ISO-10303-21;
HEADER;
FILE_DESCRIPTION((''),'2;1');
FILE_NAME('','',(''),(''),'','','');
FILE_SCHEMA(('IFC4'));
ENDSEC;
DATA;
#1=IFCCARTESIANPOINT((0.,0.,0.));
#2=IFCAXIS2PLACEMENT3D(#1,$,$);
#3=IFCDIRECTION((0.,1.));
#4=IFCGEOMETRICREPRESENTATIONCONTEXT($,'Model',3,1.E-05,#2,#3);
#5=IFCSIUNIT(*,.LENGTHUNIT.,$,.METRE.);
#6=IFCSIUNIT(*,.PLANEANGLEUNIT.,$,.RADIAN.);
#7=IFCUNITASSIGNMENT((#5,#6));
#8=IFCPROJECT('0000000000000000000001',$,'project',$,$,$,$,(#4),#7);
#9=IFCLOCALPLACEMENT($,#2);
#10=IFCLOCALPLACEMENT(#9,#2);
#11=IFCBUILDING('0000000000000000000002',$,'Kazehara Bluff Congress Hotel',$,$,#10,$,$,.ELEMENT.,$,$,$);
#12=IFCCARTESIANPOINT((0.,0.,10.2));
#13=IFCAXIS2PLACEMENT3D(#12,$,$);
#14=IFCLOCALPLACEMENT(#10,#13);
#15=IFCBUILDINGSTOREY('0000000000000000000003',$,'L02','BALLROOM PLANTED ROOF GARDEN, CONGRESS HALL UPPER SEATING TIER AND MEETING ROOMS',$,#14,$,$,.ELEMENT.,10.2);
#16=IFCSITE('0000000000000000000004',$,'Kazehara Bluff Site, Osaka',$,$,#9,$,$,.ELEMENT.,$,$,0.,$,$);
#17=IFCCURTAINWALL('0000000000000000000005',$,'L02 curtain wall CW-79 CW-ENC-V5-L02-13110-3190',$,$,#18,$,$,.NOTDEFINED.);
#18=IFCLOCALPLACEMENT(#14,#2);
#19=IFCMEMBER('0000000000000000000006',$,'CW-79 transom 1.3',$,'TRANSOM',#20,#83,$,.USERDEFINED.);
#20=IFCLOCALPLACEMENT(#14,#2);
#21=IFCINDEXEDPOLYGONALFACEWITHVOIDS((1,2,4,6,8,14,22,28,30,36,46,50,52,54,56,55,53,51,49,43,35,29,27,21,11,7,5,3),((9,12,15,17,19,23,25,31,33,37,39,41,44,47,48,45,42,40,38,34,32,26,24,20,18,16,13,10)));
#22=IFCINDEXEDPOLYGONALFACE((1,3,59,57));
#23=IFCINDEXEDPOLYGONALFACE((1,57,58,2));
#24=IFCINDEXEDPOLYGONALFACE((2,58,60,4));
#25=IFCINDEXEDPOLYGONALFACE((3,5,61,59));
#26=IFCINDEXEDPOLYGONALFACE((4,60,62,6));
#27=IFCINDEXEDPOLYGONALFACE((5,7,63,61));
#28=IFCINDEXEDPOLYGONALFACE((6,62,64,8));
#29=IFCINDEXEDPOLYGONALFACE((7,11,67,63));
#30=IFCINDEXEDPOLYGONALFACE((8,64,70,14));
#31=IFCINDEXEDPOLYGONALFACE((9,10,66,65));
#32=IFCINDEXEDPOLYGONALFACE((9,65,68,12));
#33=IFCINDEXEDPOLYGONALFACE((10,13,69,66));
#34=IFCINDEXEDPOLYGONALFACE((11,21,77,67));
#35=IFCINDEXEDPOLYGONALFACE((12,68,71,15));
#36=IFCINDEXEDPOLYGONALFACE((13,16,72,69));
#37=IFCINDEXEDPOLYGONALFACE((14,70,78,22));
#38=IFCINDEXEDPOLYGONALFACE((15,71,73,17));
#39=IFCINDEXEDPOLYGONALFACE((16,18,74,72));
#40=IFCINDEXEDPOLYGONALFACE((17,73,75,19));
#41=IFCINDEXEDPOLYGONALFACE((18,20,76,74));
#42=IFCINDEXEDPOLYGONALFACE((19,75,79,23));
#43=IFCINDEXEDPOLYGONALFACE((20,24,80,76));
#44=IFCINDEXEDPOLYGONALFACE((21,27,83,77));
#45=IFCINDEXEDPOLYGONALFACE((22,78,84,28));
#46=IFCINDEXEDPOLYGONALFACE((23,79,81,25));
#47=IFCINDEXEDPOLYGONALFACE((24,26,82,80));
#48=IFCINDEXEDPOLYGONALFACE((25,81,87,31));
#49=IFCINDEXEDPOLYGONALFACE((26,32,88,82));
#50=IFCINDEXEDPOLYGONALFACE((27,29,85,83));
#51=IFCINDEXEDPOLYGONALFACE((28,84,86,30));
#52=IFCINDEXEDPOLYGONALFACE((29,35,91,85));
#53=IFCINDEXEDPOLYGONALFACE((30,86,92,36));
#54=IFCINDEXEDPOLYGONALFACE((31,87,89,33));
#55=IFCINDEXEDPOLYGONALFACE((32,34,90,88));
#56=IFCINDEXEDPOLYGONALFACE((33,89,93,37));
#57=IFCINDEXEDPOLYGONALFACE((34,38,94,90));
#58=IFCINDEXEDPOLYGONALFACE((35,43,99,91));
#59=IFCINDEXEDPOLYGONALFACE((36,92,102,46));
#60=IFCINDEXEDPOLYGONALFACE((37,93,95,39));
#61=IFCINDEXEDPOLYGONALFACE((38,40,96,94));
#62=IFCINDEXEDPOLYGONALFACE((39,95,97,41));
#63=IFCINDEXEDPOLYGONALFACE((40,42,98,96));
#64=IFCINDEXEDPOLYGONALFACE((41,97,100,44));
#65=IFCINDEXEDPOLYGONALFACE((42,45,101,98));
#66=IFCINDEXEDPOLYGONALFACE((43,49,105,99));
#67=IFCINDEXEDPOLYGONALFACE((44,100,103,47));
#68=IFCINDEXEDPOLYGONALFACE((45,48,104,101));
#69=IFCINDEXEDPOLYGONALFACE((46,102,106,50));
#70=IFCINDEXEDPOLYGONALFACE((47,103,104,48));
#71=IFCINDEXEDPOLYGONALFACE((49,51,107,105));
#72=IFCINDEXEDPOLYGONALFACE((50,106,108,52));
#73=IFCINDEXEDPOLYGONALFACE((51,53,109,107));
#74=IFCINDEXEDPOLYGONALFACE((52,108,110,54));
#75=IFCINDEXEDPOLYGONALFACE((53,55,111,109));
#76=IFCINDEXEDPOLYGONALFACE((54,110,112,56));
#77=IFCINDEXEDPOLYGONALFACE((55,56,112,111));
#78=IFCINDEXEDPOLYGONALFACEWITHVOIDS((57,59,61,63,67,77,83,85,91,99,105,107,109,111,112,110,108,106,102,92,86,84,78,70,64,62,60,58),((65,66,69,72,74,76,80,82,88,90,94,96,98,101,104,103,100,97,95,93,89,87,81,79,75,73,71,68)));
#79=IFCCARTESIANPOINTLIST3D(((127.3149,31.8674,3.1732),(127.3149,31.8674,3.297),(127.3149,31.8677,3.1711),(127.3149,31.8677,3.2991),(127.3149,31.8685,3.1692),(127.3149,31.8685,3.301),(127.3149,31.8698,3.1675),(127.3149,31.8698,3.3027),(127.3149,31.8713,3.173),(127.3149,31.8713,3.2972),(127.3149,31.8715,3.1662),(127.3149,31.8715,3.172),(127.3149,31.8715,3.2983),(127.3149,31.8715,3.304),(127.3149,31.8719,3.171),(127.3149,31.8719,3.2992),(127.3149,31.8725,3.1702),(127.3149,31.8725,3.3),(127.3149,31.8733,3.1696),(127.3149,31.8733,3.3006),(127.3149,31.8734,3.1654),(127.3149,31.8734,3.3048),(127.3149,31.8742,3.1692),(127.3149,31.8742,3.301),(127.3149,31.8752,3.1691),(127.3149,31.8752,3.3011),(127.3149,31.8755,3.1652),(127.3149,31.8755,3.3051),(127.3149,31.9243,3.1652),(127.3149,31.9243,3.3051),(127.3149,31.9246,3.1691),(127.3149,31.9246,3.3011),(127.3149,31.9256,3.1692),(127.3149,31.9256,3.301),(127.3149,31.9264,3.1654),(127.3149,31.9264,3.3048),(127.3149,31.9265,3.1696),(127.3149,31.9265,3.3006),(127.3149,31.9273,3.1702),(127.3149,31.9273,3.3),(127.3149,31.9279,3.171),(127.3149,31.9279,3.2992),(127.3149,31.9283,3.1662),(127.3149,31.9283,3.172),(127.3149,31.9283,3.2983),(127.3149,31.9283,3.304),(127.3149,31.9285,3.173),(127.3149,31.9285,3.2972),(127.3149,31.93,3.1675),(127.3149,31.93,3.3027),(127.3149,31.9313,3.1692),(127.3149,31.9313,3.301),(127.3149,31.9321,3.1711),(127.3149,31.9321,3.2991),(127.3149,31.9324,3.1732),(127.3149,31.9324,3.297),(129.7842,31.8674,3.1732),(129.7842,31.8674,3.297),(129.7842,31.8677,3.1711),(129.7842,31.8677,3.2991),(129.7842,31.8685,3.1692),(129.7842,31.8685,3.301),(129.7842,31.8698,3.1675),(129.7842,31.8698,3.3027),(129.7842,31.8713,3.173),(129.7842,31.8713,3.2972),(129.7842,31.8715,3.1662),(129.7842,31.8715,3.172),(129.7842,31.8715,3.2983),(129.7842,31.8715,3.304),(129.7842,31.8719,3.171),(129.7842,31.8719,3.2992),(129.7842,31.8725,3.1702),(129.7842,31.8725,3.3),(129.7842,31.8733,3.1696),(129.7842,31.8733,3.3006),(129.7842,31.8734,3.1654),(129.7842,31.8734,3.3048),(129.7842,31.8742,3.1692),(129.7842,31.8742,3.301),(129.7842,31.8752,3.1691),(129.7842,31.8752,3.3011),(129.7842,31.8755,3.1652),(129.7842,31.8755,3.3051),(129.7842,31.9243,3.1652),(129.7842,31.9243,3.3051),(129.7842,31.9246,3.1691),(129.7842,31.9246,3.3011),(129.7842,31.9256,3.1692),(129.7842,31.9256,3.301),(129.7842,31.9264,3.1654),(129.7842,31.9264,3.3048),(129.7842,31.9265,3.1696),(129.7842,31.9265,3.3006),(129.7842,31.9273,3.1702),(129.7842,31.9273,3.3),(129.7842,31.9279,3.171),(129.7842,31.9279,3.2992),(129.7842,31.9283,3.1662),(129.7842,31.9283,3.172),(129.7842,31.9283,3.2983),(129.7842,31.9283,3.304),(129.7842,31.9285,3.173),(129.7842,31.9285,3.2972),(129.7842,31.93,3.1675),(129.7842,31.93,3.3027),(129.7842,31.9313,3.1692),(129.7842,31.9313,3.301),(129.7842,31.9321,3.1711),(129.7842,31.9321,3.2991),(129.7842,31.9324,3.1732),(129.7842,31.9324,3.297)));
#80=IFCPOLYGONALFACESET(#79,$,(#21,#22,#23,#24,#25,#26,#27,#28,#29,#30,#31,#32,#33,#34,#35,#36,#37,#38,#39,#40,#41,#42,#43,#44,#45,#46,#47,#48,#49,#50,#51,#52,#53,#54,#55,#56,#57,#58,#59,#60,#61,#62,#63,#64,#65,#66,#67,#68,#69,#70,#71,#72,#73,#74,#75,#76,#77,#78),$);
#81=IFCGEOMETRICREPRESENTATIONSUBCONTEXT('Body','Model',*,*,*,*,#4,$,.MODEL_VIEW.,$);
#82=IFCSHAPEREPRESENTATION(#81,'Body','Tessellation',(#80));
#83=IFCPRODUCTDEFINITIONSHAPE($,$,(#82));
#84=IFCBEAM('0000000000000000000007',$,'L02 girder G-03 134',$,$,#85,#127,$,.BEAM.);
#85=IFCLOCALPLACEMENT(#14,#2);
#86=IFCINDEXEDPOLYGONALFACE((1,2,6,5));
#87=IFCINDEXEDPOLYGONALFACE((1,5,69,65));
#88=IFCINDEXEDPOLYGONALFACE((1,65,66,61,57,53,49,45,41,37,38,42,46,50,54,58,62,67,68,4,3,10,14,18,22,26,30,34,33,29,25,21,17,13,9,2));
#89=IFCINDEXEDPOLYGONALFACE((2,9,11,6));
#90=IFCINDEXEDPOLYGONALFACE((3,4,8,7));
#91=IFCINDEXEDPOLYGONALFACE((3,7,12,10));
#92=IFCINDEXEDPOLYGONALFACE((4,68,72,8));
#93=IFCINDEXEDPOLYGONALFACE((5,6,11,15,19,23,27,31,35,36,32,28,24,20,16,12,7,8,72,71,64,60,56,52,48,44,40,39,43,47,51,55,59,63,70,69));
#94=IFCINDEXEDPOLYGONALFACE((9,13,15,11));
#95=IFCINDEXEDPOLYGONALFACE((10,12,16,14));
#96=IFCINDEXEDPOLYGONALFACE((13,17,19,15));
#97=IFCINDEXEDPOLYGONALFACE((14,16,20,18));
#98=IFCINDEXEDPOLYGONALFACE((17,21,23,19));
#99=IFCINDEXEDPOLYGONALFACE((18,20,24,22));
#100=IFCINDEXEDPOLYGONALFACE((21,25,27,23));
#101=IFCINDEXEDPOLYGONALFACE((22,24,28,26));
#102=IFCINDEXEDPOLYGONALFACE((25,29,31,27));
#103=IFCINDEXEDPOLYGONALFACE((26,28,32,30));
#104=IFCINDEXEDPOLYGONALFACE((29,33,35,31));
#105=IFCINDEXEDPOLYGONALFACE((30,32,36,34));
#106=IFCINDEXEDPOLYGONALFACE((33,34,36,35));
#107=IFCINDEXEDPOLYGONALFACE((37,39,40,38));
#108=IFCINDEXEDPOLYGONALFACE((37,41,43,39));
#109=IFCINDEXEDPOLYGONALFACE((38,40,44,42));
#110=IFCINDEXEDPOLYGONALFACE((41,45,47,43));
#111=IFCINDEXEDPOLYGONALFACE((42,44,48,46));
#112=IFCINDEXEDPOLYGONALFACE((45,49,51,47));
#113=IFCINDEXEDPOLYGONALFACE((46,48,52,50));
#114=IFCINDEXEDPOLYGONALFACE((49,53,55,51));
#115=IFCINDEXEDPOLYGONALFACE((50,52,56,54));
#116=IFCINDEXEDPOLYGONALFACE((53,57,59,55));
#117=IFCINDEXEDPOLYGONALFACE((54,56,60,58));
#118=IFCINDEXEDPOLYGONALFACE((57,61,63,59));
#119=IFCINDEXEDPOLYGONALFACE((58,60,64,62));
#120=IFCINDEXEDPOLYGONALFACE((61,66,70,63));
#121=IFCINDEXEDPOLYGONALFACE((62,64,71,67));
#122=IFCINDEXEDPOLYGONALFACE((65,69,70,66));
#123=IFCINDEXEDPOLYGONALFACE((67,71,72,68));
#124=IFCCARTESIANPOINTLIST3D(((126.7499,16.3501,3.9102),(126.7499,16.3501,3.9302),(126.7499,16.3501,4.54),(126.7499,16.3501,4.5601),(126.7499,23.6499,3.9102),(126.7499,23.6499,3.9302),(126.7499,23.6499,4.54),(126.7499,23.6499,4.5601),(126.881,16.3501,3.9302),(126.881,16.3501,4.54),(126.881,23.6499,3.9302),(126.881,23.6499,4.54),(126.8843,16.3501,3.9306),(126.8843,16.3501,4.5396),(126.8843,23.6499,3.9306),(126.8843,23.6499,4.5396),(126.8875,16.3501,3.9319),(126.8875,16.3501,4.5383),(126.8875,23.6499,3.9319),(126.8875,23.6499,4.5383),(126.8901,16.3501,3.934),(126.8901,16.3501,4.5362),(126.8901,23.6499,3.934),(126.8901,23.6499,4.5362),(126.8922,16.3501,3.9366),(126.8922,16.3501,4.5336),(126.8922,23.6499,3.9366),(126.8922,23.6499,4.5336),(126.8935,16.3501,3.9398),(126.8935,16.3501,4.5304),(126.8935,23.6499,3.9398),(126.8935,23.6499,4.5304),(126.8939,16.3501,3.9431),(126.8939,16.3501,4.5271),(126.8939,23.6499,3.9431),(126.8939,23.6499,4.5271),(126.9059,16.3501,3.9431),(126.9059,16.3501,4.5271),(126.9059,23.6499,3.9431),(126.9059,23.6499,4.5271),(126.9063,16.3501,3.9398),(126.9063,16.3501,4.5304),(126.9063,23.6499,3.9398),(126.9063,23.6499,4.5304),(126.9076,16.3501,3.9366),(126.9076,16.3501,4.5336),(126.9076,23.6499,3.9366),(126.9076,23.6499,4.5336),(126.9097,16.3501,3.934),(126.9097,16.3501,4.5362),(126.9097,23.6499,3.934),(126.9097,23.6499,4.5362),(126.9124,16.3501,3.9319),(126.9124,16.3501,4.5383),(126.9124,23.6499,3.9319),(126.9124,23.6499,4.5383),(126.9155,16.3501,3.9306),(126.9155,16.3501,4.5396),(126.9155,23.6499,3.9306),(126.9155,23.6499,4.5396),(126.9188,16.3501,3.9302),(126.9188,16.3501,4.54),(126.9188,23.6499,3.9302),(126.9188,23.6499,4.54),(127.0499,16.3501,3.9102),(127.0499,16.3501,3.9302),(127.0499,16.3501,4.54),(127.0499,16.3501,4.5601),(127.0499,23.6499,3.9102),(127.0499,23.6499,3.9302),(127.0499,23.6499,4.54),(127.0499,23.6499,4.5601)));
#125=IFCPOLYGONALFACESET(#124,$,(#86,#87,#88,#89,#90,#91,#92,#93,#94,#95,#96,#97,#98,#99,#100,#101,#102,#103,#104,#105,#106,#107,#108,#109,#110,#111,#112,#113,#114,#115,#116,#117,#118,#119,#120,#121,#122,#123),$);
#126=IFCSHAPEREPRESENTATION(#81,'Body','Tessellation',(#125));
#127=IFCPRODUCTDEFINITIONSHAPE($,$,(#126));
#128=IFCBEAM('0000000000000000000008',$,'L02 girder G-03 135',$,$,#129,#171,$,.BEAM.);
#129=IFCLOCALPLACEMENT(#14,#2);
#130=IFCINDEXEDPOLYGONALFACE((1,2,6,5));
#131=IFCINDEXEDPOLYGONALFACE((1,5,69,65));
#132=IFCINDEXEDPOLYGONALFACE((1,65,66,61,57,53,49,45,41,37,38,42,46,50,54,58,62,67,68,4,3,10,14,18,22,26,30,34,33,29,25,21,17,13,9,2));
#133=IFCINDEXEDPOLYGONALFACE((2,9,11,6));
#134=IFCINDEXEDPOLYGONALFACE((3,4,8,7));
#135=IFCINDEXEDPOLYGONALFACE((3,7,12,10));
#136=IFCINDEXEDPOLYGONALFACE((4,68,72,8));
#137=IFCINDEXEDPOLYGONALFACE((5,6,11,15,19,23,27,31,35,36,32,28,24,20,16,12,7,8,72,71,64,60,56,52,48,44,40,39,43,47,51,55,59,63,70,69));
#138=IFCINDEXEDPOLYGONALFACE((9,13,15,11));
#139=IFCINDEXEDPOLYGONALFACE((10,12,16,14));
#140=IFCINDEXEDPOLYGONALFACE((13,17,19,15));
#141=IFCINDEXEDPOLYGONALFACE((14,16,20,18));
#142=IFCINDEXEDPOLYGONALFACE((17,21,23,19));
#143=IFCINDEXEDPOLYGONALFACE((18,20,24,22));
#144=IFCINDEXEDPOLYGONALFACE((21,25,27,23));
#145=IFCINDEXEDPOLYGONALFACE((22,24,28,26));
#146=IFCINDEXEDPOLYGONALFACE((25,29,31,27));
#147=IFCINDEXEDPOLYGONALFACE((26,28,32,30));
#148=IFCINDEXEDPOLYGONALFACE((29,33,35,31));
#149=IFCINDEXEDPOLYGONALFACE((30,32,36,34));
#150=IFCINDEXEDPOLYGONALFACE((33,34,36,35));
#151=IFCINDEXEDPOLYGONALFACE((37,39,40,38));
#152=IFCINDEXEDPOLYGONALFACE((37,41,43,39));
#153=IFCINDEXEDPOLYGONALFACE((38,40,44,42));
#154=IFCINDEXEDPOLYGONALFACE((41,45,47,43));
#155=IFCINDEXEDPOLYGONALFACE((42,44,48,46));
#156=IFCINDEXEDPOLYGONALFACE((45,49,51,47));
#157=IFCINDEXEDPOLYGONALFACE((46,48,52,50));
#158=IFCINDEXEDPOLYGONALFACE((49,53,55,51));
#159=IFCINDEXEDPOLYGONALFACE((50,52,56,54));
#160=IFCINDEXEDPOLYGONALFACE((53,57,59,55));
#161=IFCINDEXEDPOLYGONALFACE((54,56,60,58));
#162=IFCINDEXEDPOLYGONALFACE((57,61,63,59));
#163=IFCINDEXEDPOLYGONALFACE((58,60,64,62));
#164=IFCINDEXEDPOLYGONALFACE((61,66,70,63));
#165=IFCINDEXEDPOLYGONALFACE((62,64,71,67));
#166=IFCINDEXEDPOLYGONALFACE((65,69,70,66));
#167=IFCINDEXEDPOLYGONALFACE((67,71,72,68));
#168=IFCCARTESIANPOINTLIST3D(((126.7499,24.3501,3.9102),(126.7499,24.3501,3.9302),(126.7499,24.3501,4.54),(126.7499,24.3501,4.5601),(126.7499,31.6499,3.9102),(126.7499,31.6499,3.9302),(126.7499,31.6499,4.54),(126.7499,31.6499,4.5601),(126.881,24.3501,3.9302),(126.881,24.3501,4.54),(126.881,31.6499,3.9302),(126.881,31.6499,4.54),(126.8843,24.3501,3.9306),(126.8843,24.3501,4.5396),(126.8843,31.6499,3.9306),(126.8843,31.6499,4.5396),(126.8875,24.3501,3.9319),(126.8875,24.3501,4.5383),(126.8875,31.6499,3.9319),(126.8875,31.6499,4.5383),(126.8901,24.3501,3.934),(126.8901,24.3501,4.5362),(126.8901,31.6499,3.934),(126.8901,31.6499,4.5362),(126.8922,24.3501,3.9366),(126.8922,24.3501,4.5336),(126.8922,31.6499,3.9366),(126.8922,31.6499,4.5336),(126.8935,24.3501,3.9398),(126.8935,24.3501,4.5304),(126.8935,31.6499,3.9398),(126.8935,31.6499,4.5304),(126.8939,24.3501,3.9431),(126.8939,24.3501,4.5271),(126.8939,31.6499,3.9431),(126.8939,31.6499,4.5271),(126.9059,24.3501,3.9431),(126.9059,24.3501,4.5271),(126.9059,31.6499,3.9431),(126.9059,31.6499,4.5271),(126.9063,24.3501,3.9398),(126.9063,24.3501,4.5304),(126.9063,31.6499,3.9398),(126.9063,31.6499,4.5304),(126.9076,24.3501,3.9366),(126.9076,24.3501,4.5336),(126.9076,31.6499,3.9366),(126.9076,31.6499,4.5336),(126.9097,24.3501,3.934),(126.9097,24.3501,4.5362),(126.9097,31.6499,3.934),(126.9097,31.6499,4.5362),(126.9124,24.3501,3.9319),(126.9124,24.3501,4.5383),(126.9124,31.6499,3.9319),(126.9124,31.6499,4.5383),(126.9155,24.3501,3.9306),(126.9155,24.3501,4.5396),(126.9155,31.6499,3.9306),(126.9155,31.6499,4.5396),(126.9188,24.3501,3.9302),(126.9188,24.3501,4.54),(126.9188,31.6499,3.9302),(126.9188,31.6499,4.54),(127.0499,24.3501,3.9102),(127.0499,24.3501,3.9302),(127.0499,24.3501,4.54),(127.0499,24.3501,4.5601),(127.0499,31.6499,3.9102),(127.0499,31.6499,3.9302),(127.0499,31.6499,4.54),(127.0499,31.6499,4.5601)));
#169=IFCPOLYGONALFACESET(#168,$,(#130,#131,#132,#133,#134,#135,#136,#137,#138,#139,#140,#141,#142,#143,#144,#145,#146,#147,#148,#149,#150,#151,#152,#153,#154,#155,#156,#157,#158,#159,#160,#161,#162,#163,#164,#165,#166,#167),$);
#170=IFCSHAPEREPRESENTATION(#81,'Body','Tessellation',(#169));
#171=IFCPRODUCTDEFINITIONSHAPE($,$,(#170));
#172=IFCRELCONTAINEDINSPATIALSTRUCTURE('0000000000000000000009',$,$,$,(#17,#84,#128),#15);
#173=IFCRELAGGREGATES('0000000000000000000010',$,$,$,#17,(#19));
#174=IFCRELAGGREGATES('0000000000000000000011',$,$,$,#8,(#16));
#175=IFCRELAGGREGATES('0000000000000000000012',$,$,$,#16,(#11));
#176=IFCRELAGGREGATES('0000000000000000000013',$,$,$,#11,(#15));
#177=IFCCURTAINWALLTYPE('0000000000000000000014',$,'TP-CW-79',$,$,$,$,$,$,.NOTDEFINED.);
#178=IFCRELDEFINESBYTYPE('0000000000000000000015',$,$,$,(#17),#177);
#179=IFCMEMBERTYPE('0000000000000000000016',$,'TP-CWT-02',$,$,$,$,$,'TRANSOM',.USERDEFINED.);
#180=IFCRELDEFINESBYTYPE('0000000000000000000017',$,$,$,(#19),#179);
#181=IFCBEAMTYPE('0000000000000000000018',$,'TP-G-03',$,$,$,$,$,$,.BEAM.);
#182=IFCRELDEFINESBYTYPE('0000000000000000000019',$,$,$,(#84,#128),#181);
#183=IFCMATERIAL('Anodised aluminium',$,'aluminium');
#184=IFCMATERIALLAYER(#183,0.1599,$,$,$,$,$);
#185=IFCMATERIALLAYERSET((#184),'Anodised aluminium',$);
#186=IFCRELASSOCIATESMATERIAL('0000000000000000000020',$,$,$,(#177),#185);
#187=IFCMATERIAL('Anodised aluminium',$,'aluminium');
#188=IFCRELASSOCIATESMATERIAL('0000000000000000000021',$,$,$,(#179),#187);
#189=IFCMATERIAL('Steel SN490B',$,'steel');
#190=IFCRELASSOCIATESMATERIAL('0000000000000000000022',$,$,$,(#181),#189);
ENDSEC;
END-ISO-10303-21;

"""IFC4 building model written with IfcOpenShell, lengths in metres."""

from ifc_helpers import new_model, si_unit, direction, frame, origin, origin_2d, place, context, subcontext, project, spatial, hollow_rectangle, i_section, extrude, material, layer, layer_set, material_profile, profile_set, type_object, element, aggregate, save


model = new_model("IFC4")

# Units and contexts
model_context = context("Model", 3, precision=1e-05, world=origin(), true_north=direction((0.0, 1.0)))
body_context = subcontext(model_context, "Body", "Model", "MODEL_VIEW")
ifc_project = project(units=[si_unit("LENGTHUNIT", "METRE"), si_unit("PLANEANGLEUNIT", "RADIAN")], contexts=[model_context])

# Site, building, storey
site_placement = place(None, origin())
site = spatial("IfcSite", under=ifc_project, at=site_placement, Name="Kazehara Bluff Site, Osaka", CompositionType="ELEMENT", RefElevation=0.0)
building_placement = place(site_placement, origin())
building = spatial("IfcBuilding", under=site, at=building_placement, Name="Kazehara Bluff Congress Hotel", CompositionType="ELEMENT")
storey_placement = place(building_placement, frame((0.0, 0.0, 10.2)))
storey = spatial("IfcBuildingStorey", under=building, at=storey_placement, Name="L02", Description="BALLROOM PLANTED ROOF GARDEN, CONGRESS HALL UPPER SEATING TIER AND MEETING ROOMS", CompositionType="ELEMENT", Elevation=10.2)

# Shared definitions
ifc_material_1 = material(Name="Anodised aluminium", Category="aluminium")
ifc_layer_1 = layer(ifc_material_1, 0.1599)
ifc_layer_set_1 = layer_set([ifc_layer_1], Name="Anodised aluminium")
curtain_wall_type_1 = type_object("IfcCurtainWallType", Name="TP-CW-79", PredefinedType="NOTDEFINED", material=ifc_layer_set_1)

# Curtain wall
curtain_wall_1_placement = place(storey_placement, origin())
curtain_wall_1 = element("IfcCurtainWall", 1, at=curtain_wall_1_placement, inside=storey, type_object=curtain_wall_type_1, Name="L02 curtain wall CW-79 CW-ENC-V5-L02-13110-3190", PredefinedType="NOTDEFINED")
ifc_material_2 = material(Name="Anodised aluminium", Category="aluminium")
ifc_material_profile_1 = material_profile(ifc_material_2, hollow_rectangle(XDim=0.0649, YDim=0.1399, WallThickness=0.0039, InnerFilletRadius=0.0039, OuterFilletRadius=0.0081, at=origin_2d()))
ifc_profile_set_1 = profile_set([ifc_material_profile_1], Name="Anodised aluminium")
member_type_1 = type_object("IfcMemberType", Name="TP-CWT-02", ElementType="TRANSOM", PredefinedType="USERDEFINED", material=ifc_profile_set_1)

# Member
member_1_placement = place(storey_placement, frame((127.3149, 31.8999, 3.2351), z_axis=(1.0, 0.0, 0.0), x_axis=(0.0, 1.0, 0.0)))
member_1 = element("IfcMember", 2, at=member_1_placement, type_object=member_type_1, Name="CW-79 transom 1.3", ObjectType="TRANSOM", PredefinedType="USERDEFINED", context=body_context, shape_type="SweptSolid", body=[
    extrude(hollow_rectangle(XDim=0.0649, YDim=0.1399, WallThickness=0.0039, InnerFilletRadius=0.0039, OuterFilletRadius=0.0081, at=origin_2d()), origin(), (0.0, 0.0, 1.0), 2.4692),
])
aggregate(curtain_wall_1, [member_1])

# Beams
ifc_material_3 = material(Name="Steel SN490B", Category="steel")
ifc_material_profile_2 = material_profile(ifc_material_3, i_section(OverallWidth=0.3, OverallDepth=0.6499, WebThickness=0.012, FlangeThickness=0.02, FilletRadius=0.0129, at=origin_2d()))
ifc_profile_set_2 = profile_set([ifc_material_profile_2], Name="Steel SN490B")
beam_type_1 = type_object("IfcBeamType", Name="TP-G-03", PredefinedType="BEAM", material=ifc_profile_set_2)
for number, where, z_axis, x_axis, name in (
    (3, (126.8999, 16.3501, 4.2351), (0.0, 1.0, 0.0), (-1.0, 0.0, 0.0), "L02 girder G-03 134"),
    (4, (126.8999, 24.3501, 4.2351), (0.0, 1.0, 0.0), (-1.0, 0.0, 0.0), "L02 girder G-03 135"),
):
    element("IfcBeam", number, at=place(storey_placement, frame(where, z_axis=z_axis, x_axis=x_axis)), inside=storey, type_object=beam_type_1, Name=name, PredefinedType="BEAM", context=body_context, shape_type="SweptSolid", body=[
        extrude(i_section(OverallWidth=0.3, OverallDepth=0.6499, WebThickness=0.012, FlangeThickness=0.02, FilletRadius=0.0129, at=origin_2d()), origin(), (0.0, 0.0, 1.0), 7.2998),
    ])

save(model, "model.ifc")
